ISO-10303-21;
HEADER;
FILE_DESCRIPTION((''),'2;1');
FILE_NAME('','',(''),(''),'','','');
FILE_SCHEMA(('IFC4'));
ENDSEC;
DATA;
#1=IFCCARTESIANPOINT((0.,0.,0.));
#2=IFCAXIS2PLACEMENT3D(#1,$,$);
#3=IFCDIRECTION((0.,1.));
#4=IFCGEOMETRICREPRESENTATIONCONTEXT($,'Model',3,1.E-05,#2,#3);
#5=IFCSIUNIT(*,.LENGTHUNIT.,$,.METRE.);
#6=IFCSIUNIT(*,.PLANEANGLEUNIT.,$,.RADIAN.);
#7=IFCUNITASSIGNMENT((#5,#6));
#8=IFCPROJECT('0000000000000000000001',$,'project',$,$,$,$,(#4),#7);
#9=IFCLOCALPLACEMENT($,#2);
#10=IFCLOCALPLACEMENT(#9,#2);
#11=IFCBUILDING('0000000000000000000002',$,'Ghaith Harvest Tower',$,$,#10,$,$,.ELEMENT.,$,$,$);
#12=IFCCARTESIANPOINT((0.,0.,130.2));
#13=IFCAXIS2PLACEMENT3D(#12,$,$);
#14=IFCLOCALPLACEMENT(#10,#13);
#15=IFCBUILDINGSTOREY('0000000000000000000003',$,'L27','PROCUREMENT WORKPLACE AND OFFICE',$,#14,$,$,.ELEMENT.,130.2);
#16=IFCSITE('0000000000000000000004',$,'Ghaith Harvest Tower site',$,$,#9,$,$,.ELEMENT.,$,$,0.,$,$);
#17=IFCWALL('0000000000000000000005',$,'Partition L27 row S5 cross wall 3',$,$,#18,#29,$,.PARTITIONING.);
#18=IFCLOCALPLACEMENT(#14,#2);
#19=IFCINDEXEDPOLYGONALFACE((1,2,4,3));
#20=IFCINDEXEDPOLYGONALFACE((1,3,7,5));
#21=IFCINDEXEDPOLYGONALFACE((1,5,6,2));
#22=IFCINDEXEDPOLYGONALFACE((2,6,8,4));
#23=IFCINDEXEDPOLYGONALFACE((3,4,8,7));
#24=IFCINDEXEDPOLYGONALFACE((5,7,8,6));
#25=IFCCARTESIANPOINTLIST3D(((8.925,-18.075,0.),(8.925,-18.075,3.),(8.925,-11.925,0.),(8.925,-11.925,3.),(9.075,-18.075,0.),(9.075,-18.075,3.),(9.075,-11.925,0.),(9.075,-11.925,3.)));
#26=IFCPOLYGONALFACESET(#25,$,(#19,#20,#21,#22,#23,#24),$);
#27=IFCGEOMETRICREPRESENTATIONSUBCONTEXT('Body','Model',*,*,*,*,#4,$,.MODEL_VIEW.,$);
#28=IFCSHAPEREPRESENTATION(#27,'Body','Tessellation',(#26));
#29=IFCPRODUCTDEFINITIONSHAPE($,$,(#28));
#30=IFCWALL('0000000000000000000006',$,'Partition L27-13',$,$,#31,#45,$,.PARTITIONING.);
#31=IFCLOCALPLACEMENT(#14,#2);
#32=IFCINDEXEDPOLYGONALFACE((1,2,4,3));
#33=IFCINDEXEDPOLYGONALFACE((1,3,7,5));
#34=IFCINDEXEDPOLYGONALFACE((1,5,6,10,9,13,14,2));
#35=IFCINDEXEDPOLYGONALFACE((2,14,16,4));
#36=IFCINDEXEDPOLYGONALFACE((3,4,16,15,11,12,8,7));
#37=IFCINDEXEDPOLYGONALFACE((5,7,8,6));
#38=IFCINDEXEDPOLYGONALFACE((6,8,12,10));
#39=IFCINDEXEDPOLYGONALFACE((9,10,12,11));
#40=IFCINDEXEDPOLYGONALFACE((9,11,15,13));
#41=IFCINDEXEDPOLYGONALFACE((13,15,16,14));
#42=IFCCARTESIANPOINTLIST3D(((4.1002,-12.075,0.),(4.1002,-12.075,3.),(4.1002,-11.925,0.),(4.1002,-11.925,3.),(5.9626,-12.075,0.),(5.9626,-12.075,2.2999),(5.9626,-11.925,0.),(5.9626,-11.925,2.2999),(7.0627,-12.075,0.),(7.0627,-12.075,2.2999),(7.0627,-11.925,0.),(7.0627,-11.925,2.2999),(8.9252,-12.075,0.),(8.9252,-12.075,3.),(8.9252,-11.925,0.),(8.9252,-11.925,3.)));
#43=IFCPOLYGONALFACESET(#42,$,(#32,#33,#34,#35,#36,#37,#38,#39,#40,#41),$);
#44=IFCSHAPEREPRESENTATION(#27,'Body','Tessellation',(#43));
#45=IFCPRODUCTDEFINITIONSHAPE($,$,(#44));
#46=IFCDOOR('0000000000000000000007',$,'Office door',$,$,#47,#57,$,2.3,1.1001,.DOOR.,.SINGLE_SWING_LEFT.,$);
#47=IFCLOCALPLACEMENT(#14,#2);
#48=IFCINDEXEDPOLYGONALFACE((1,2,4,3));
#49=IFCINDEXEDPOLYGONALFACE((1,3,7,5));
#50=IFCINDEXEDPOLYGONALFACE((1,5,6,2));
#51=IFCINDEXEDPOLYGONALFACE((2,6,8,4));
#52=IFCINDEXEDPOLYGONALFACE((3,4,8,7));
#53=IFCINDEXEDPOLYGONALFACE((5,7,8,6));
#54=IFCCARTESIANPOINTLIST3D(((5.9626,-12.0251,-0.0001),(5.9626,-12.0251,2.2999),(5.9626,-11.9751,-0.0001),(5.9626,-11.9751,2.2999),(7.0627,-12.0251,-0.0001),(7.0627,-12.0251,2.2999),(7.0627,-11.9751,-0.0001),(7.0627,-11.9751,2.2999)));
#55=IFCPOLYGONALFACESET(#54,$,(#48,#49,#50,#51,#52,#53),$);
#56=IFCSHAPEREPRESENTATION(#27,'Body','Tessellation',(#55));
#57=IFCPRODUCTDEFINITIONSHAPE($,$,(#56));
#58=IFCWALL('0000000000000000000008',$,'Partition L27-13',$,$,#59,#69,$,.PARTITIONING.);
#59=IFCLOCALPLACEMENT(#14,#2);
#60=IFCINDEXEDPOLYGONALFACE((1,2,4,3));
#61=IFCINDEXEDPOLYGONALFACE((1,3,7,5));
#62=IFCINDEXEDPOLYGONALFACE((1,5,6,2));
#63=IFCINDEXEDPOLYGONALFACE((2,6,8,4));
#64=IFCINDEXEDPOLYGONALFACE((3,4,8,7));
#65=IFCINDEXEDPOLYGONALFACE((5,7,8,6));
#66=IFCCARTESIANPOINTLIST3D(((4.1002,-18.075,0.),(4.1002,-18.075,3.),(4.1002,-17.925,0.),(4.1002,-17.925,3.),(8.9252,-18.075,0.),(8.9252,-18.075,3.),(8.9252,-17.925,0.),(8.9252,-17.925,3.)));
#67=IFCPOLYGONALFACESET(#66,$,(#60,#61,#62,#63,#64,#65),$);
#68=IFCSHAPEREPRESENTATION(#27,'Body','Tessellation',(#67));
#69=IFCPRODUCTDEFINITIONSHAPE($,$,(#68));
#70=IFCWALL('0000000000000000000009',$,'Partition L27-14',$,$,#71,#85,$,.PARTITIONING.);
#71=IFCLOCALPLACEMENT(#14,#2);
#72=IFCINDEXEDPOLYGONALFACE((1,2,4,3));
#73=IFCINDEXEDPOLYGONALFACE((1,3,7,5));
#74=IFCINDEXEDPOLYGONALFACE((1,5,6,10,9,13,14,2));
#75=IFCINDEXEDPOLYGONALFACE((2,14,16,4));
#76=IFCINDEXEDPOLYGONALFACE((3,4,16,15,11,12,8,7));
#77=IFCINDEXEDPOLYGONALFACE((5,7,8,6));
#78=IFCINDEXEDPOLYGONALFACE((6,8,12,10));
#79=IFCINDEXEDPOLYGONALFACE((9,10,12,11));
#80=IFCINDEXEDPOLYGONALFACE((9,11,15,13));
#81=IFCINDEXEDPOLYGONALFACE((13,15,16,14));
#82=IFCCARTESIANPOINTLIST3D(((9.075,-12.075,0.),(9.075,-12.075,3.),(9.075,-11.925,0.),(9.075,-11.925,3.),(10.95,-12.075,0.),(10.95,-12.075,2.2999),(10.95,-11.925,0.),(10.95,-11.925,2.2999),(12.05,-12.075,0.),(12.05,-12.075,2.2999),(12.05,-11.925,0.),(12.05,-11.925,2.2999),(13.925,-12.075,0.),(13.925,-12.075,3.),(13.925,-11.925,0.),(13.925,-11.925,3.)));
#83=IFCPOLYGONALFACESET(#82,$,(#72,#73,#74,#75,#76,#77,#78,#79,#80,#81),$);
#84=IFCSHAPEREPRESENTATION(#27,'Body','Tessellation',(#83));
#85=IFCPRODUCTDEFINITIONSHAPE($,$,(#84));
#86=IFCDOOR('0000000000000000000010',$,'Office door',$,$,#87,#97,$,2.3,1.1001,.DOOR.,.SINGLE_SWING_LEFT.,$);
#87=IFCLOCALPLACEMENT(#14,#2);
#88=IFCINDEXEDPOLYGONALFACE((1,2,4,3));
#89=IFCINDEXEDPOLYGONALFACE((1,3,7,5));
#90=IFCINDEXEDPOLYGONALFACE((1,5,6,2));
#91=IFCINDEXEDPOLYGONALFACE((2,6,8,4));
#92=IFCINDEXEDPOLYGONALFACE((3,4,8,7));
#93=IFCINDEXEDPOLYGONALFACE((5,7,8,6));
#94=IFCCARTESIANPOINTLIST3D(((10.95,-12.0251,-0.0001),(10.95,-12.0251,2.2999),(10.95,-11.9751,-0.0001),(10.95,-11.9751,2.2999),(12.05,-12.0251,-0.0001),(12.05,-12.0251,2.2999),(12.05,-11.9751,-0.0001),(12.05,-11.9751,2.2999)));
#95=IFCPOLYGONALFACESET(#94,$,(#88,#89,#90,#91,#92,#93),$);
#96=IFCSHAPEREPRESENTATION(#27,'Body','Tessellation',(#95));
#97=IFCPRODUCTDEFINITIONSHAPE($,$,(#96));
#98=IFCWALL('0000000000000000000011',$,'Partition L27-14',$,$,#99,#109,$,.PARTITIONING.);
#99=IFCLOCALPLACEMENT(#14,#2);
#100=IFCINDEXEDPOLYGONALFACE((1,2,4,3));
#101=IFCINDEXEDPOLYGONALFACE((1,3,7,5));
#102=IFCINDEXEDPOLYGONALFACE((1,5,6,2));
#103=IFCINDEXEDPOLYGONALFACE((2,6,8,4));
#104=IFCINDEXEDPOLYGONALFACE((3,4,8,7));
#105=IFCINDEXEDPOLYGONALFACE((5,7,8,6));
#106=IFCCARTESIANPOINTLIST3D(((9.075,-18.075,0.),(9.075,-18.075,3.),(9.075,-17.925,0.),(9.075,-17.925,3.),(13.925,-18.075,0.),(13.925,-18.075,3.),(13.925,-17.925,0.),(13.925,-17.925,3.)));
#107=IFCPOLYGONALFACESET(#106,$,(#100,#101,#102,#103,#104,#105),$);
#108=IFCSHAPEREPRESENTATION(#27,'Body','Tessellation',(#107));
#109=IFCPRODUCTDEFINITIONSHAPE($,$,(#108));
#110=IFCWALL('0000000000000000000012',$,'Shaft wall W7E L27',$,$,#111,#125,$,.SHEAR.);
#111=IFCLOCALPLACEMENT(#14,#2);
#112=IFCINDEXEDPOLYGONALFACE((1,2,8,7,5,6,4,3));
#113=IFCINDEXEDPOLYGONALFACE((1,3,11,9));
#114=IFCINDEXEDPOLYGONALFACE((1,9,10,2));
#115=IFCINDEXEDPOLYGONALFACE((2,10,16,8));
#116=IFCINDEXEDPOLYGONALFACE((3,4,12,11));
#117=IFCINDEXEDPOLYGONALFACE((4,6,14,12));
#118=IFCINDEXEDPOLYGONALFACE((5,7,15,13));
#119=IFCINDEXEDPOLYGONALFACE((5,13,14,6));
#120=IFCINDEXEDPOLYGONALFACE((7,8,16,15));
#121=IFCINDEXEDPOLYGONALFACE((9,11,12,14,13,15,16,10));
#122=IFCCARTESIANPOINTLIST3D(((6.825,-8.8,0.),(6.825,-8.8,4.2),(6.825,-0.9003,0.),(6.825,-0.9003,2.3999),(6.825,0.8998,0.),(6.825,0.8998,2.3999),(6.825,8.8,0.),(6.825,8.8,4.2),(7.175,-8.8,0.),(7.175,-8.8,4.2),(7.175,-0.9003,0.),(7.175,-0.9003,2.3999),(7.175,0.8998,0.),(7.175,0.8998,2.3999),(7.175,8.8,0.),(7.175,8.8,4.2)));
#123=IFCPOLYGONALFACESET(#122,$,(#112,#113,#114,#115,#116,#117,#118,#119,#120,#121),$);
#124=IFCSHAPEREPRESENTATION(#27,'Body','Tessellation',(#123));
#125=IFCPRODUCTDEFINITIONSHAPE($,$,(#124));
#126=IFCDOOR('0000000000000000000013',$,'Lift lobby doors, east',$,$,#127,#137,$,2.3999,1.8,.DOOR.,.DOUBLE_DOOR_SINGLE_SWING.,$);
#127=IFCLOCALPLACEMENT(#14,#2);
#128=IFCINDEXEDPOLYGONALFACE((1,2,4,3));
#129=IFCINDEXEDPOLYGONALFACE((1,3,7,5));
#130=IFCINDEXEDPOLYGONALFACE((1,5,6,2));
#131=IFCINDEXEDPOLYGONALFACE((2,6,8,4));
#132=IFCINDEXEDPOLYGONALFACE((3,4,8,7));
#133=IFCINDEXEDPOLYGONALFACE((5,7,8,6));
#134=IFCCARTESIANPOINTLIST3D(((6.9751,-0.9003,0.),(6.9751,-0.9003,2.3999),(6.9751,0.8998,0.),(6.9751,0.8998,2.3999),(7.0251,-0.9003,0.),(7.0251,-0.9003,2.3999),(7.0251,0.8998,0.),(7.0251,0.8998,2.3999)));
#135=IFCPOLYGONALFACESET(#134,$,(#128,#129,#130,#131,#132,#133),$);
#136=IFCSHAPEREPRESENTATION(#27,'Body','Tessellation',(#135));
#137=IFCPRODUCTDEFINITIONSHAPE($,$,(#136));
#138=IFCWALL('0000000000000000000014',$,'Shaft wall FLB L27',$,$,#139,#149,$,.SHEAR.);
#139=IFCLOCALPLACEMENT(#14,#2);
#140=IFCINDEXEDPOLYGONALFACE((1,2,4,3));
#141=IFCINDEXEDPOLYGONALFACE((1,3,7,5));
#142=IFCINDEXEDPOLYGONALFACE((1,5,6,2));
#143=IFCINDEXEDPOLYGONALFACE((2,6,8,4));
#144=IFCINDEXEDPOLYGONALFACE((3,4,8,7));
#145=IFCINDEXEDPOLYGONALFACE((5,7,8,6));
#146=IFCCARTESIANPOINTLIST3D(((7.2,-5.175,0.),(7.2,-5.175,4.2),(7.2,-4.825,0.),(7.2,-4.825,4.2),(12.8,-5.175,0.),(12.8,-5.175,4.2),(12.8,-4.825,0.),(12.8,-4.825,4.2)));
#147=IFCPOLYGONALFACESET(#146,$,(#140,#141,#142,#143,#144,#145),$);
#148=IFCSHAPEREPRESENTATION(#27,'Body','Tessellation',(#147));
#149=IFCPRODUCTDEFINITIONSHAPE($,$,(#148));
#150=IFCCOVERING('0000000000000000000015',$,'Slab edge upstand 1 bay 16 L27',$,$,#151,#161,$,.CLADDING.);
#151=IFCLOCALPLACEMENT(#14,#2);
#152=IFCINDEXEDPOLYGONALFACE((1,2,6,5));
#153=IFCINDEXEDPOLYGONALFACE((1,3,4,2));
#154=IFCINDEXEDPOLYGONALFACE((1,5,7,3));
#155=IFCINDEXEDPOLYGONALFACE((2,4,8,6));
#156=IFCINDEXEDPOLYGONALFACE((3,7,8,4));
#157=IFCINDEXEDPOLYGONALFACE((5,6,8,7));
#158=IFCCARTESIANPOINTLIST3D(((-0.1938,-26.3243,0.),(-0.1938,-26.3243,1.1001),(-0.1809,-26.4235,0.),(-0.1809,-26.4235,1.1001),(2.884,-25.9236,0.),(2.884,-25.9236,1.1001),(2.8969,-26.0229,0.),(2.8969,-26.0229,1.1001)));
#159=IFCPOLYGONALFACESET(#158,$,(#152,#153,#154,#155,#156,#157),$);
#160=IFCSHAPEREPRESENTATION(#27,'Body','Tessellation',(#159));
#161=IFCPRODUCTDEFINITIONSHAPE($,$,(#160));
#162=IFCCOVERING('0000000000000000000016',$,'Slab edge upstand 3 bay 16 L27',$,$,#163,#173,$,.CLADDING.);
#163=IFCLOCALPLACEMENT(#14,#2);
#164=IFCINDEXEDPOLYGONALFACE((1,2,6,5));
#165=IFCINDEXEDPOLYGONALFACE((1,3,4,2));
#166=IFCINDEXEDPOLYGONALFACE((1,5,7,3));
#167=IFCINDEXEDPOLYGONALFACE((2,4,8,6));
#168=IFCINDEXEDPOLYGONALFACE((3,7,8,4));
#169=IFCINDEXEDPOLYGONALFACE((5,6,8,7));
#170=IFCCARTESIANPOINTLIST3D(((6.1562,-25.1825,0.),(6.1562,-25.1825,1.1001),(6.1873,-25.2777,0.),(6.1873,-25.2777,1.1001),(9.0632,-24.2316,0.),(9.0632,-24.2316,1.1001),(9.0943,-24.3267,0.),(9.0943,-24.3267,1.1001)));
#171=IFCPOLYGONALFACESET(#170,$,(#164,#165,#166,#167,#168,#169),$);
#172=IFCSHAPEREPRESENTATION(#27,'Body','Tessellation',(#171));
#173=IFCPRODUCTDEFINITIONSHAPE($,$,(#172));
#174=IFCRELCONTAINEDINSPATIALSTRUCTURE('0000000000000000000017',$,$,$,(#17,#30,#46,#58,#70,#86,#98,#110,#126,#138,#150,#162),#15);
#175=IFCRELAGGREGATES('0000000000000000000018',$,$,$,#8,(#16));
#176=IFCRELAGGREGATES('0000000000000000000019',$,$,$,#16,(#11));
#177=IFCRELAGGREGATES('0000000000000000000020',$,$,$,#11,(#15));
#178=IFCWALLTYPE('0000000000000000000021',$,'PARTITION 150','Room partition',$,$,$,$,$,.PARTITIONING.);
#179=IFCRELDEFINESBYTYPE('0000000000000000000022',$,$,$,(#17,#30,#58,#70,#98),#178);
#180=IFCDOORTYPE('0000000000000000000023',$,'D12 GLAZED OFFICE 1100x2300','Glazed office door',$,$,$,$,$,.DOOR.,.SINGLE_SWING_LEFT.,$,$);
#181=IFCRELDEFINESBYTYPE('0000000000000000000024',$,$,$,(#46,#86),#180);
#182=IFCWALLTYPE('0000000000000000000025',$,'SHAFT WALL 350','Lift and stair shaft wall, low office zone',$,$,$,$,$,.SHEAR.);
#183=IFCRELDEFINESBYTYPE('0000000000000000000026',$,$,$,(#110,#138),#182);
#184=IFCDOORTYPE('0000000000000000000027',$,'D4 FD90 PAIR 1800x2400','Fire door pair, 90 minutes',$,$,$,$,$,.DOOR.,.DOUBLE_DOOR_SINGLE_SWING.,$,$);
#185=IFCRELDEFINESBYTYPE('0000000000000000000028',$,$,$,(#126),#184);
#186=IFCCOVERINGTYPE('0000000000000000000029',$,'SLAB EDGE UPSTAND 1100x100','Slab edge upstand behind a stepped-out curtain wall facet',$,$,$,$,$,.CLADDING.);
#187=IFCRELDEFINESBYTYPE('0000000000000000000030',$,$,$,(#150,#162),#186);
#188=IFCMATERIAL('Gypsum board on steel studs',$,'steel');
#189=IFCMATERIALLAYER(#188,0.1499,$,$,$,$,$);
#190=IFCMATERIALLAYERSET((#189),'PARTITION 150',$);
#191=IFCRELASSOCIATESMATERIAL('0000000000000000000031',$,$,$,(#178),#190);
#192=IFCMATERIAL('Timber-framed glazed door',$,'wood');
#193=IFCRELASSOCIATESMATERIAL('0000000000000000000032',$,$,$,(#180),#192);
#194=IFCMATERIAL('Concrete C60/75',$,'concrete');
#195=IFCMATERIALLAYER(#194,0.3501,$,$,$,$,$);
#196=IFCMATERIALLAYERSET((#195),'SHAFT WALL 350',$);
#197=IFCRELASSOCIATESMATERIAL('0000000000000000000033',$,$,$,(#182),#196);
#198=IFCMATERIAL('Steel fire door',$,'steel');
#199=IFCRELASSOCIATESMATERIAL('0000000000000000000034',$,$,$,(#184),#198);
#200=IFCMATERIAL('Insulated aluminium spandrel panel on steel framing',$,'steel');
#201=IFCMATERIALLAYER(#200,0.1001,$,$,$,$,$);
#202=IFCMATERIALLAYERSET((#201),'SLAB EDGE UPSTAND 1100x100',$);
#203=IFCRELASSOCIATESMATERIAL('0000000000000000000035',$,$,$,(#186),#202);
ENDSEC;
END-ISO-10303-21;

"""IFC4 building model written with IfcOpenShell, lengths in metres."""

from ifc_helpers import new_model, si_unit, direction, frame, frame_2d, origin, origin_2d, place, context, subcontext, project, spatial, rectangle, extrude, material, layer, layer_set, type_object, element, fill, save


model = new_model("IFC4")

# Units and contexts
model_context = context("Model", 3, precision=1e-05, world=origin(), true_north=direction((0.0, 1.0)))
body_context = subcontext(model_context, "Body", "Model", "MODEL_VIEW")
ifc_project = project(units=[si_unit("LENGTHUNIT", "METRE"), si_unit("PLANEANGLEUNIT", "RADIAN")], contexts=[model_context])

# Site, building, storey
site_placement = place(None, origin())
site = spatial("IfcSite", under=ifc_project, at=site_placement, Name="Ghaith Harvest Tower site", CompositionType="ELEMENT", RefElevation=0.0)
building_placement = place(site_placement, origin())
building = spatial("IfcBuilding", under=site, at=building_placement, Name="Ghaith Harvest Tower", CompositionType="ELEMENT")
storey_placement = place(building_placement, frame((0.0, 0.0, 130.2)))
storey = spatial("IfcBuildingStorey", under=building, at=storey_placement, Name="L27", Description="PROCUREMENT WORKPLACE AND OFFICE", CompositionType="ELEMENT", Elevation=130.2)

# Wall
ifc_material_1 = material(Name="Gypsum board on steel studs", Category="steel")
ifc_layer_1 = layer(ifc_material_1, 0.1499)
ifc_layer_set_1 = layer_set([ifc_layer_1], Name="PARTITION 150")
wall_type_1 = type_object("IfcWallType", Name="PARTITION 150", Description="Room partition", PredefinedType="PARTITIONING", material=ifc_layer_set_1)
wall_1_placement = place(storey_placement, frame((9.0, -11.925, 0.0), z_axis=(0.0, 0.0, 1.0), x_axis=(0.0, -1.0, 0.0)))
element("IfcWall", 1, at=wall_1_placement, inside=storey, type_object=wall_type_1, Name="Partition L27 row S5 cross wall 3", PredefinedType="PARTITIONING", context=body_context, shape_type="SweptSolid", body=[
    extrude(rectangle(XDim=6.1499, YDim=0.1499, at=frame_2d((3.075, 0.0))), origin(), (0.0, 0.0, 1.0), 3.0),
])

# Wall, opening, door
wall_2_placement = place(storey_placement, frame((4.1001, -12.0, 0.0), z_axis=(0.0, 0.0, 1.0), x_axis=(1.0, 0.0, 0.0)))
wall_2 = element("IfcWall", 2, at=wall_2_placement, inside=storey, type_object=wall_type_1, Name="Partition L27-13", PredefinedType="PARTITIONING", context=body_context, shape_type="SweptSolid", body=[
    extrude(rectangle(XDim=4.825, YDim=0.1499, at=frame_2d((2.4126, 0.0))), origin(), (0.0, 0.0, 1.0), 3.0),
])
opening_1_placement = place(wall_2_placement, frame((1.8625, 0.0, 0.0)))
opening_1 = element("IfcOpeningElement", 3, at=opening_1_placement, cuts=wall_2, PredefinedType="OPENING", context=body_context, shape_type="SweptSolid", body=[
    extrude(rectangle(XDim=1.1001, YDim=2.3, at=frame_2d((0.55, 1.1499))), frame((0.0, 0.085, 0.0), z_axis=(0.0, -1.0, 0.0), x_axis=(1.0, 0.0, 0.0)), (0.0, 0.0, 1.0), 0.1699),
])
ifc_material_2 = material(Name="Timber-framed glazed door", Category="wood")
door_type_1 = type_object("IfcDoorType", Name="D12 GLAZED OFFICE 1100x2300", Description="Glazed office door", OperationType="SINGLE_SWING_LEFT", PredefinedType="DOOR", material=ifc_material_2)
door_1_placement = place(opening_1_placement, origin())
door_1 = element("IfcDoor", 4, at=door_1_placement, inside=storey, type_object=door_type_1, Name="Office door", OperationType="SINGLE_SWING_LEFT", OverallHeight=2.3, OverallWidth=1.1001, PredefinedType="DOOR", context=body_context, shape_type="SweptSolid", body=[
    extrude(rectangle(XDim=1.1001, YDim=2.3, at=frame_2d((0.55, 1.1499))), frame((0.0, 0.0249, 0.0), z_axis=(0.0, -1.0, 0.0), x_axis=(1.0, 0.0, 0.0)), (0.0, 0.0, 1.0), 0.05),
])
fill(opening_1, door_1)

# Wall
wall_3_placement = place(storey_placement, frame((4.1001, -18.0, 0.0), z_axis=(0.0, 0.0, 1.0), x_axis=(1.0, 0.0, 0.0)))
element("IfcWall", 5, at=wall_3_placement, inside=storey, type_object=wall_type_1, Name="Partition L27-13", PredefinedType="PARTITIONING", context=body_context, shape_type="SweptSolid", body=[
    extrude(rectangle(XDim=4.825, YDim=0.1499, at=frame_2d((2.4126, 0.0))), origin(), (0.0, 0.0, 1.0), 3.0),
])

# Wall, opening, door
wall_4_placement = place(storey_placement, frame((9.075, -12.0, 0.0), z_axis=(0.0, 0.0, 1.0), x_axis=(1.0, 0.0, 0.0)))
wall_4 = element("IfcWall", 6, at=wall_4_placement, inside=storey, type_object=wall_type_1, Name="Partition L27-14", PredefinedType="PARTITIONING", context=body_context, shape_type="SweptSolid", body=[
    extrude(rectangle(XDim=4.8501, YDim=0.1499, at=frame_2d((2.425, 0.0))), origin(), (0.0, 0.0, 1.0), 3.0),
])
opening_2_placement = place(wall_4_placement, frame((1.875, 0.0, 0.0)))
opening_2 = element("IfcOpeningElement", 7, at=opening_2_placement, cuts=wall_4, PredefinedType="OPENING", context=body_context, shape_type="SweptSolid", body=[
    extrude(rectangle(XDim=1.1001, YDim=2.3, at=frame_2d((0.55, 1.1499))), frame((0.0, 0.085, 0.0), z_axis=(0.0, -1.0, 0.0), x_axis=(1.0, 0.0, 0.0)), (0.0, 0.0, 1.0), 0.1699),
])
door_2_placement = place(opening_2_placement, origin())
door_2 = element("IfcDoor", 8, at=door_2_placement, inside=storey, type_object=door_type_1, Name="Office door", OperationType="SINGLE_SWING_LEFT", OverallHeight=2.3, OverallWidth=1.1001, PredefinedType="DOOR", context=body_context, shape_type="SweptSolid", body=[
    extrude(rectangle(XDim=1.1001, YDim=2.3, at=frame_2d((0.55, 1.1499))), frame((0.0, 0.0249, 0.0), z_axis=(0.0, -1.0, 0.0), x_axis=(1.0, 0.0, 0.0)), (0.0, 0.0, 1.0), 0.05),
])
fill(opening_2, door_2)

# Wall
wall_5_placement = place(storey_placement, frame((9.075, -18.0, 0.0), z_axis=(0.0, 0.0, 1.0), x_axis=(1.0, 0.0, 0.0)))
element("IfcWall", 9, at=wall_5_placement, inside=storey, type_object=wall_type_1, Name="Partition L27-14", PredefinedType="PARTITIONING", context=body_context, shape_type="SweptSolid", body=[
    extrude(rectangle(XDim=4.8501, YDim=0.1499, at=frame_2d((2.425, 0.0))), origin(), (0.0, 0.0, 1.0), 3.0),
])

# Wall, opening, door
ifc_material_3 = material(Name="Concrete C60/75", Category="concrete")
ifc_layer_2 = layer(ifc_material_3, 0.3501)
ifc_layer_set_2 = layer_set([ifc_layer_2], Name="SHAFT WALL 350")
wall_type_2 = type_object("IfcWallType", Name="SHAFT WALL 350", Description="Lift and stair shaft wall, low office zone", PredefinedType="SHEAR", material=ifc_layer_set_2)
wall_6_placement = place(storey_placement, frame((7.0, -8.8, 0.0), z_axis=(0.0, 0.0, 1.0), x_axis=(0.0, 1.0, 0.0)))
wall_6 = element("IfcWall", 10, at=wall_6_placement, inside=storey, type_object=wall_type_2, Name="Shaft wall W7E L27", PredefinedType="SHEAR", context=body_context, shape_type="SweptSolid", body=[
    extrude(rectangle(XDim=17.6001, YDim=0.3501, at=frame_2d((8.8, 0.0))), origin(), (0.0, 0.0, 1.0), 4.2),
])
opening_3_placement = place(wall_6_placement, frame((7.8999, 0.0, 0.0)))
opening_3 = element("IfcOpeningElement", 11, at=opening_3_placement, cuts=wall_6, PredefinedType="OPENING", context=body_context, shape_type="SweptSolid", body=[
    extrude(rectangle(XDim=1.8, YDim=2.3999, at=frame_2d((0.8999, 1.2))), frame((0.0, 0.1851, 0.0), z_axis=(0.0, -1.0, 0.0), x_axis=(1.0, 0.0, 0.0)), (0.0, 0.0, 1.0), 0.3701),
])
ifc_material_4 = material(Name="Steel fire door", Category="steel")
door_type_2 = type_object("IfcDoorType", Name="D4 FD90 PAIR 1800x2400", Description="Fire door pair, 90 minutes", OperationType="DOUBLE_DOOR_SINGLE_SWING", PredefinedType="DOOR", material=ifc_material_4)
door_3_placement = place(opening_3_placement, origin())
door_3 = element("IfcDoor", 12, at=door_3_placement, inside=storey, type_object=door_type_2, Name="Lift lobby doors, east", OperationType="DOUBLE_DOOR_SINGLE_SWING", OverallHeight=2.3999, OverallWidth=1.8, PredefinedType="DOOR", context=body_context, shape_type="SweptSolid", body=[
    extrude(rectangle(XDim=1.8, YDim=2.3999, at=frame_2d((0.8999, 1.2))), frame((0.0, 0.0249, 0.0), z_axis=(0.0, -1.0, 0.0), x_axis=(1.0, 0.0, 0.0)), (0.0, 0.0, 1.0), 0.05),
])
fill(opening_3, door_3)

# Wall
wall_7_placement = place(storey_placement, frame((7.2, -5.0, 0.0), z_axis=(0.0, 0.0, 1.0), x_axis=(1.0, 0.0, 0.0)))
element("IfcWall", 13, at=wall_7_placement, inside=storey, type_object=wall_type_2, Name="Shaft wall FLB L27", PredefinedType="SHEAR", context=body_context, shape_type="SweptSolid", body=[
    extrude(rectangle(XDim=5.6001, YDim=0.3501, at=frame_2d((2.8, 0.0))), origin(), (0.0, 0.0, 1.0), 4.2),
])

# Coverings
ifc_material_5 = material(Name="Insulated aluminium spandrel panel on steel framing", Category="steel")
ifc_layer_3 = layer(ifc_material_5, 0.1001)
ifc_layer_set_3 = layer_set([ifc_layer_3], Name="SLAB EDGE UPSTAND 1100x100")
covering_type = type_object("IfcCoveringType", Name="SLAB EDGE UPSTAND 1100x100", Description="Slab edge upstand behind a stepped-out curtain wall facet", PredefinedType="CLADDING", material=ifc_layer_set_3)
covering_1_placement = place(storey_placement, frame((1.3516, -26.1736, 0.0), z_axis=(0.0, 0.0, 1.0), x_axis=(0.991634, 0.129084, 0.0)))
element("IfcCovering", 14, at=covering_1_placement, inside=storey, type_object=covering_type, Name="Slab edge upstand 1 bay 16 L27", PredefinedType="CLADDING", context=body_context, shape_type="SweptSolid", body=[
    extrude(rectangle(XDim=3.1038, YDim=0.1001, at=origin_2d()), origin(), (0.0, 0.0, 1.0), 1.1001),
])
covering_2_placement = place(storey_placement, frame((7.6252, -24.7546, 0.0), z_axis=(0.0, 0.0, 1.0), x_axis=(0.950441, 0.310904, 0.0)))
element("IfcCovering", 15, at=covering_2_placement, inside=storey, type_object=covering_type, Name="Slab edge upstand 3 bay 16 L27", PredefinedType="CLADDING", context=body_context, shape_type="SweptSolid", body=[
    extrude(rectangle(XDim=3.0586, YDim=0.1001, at=origin_2d()), origin(), (0.0, 0.0, 1.0), 1.1001),
])

save(model, "model.ifc")
